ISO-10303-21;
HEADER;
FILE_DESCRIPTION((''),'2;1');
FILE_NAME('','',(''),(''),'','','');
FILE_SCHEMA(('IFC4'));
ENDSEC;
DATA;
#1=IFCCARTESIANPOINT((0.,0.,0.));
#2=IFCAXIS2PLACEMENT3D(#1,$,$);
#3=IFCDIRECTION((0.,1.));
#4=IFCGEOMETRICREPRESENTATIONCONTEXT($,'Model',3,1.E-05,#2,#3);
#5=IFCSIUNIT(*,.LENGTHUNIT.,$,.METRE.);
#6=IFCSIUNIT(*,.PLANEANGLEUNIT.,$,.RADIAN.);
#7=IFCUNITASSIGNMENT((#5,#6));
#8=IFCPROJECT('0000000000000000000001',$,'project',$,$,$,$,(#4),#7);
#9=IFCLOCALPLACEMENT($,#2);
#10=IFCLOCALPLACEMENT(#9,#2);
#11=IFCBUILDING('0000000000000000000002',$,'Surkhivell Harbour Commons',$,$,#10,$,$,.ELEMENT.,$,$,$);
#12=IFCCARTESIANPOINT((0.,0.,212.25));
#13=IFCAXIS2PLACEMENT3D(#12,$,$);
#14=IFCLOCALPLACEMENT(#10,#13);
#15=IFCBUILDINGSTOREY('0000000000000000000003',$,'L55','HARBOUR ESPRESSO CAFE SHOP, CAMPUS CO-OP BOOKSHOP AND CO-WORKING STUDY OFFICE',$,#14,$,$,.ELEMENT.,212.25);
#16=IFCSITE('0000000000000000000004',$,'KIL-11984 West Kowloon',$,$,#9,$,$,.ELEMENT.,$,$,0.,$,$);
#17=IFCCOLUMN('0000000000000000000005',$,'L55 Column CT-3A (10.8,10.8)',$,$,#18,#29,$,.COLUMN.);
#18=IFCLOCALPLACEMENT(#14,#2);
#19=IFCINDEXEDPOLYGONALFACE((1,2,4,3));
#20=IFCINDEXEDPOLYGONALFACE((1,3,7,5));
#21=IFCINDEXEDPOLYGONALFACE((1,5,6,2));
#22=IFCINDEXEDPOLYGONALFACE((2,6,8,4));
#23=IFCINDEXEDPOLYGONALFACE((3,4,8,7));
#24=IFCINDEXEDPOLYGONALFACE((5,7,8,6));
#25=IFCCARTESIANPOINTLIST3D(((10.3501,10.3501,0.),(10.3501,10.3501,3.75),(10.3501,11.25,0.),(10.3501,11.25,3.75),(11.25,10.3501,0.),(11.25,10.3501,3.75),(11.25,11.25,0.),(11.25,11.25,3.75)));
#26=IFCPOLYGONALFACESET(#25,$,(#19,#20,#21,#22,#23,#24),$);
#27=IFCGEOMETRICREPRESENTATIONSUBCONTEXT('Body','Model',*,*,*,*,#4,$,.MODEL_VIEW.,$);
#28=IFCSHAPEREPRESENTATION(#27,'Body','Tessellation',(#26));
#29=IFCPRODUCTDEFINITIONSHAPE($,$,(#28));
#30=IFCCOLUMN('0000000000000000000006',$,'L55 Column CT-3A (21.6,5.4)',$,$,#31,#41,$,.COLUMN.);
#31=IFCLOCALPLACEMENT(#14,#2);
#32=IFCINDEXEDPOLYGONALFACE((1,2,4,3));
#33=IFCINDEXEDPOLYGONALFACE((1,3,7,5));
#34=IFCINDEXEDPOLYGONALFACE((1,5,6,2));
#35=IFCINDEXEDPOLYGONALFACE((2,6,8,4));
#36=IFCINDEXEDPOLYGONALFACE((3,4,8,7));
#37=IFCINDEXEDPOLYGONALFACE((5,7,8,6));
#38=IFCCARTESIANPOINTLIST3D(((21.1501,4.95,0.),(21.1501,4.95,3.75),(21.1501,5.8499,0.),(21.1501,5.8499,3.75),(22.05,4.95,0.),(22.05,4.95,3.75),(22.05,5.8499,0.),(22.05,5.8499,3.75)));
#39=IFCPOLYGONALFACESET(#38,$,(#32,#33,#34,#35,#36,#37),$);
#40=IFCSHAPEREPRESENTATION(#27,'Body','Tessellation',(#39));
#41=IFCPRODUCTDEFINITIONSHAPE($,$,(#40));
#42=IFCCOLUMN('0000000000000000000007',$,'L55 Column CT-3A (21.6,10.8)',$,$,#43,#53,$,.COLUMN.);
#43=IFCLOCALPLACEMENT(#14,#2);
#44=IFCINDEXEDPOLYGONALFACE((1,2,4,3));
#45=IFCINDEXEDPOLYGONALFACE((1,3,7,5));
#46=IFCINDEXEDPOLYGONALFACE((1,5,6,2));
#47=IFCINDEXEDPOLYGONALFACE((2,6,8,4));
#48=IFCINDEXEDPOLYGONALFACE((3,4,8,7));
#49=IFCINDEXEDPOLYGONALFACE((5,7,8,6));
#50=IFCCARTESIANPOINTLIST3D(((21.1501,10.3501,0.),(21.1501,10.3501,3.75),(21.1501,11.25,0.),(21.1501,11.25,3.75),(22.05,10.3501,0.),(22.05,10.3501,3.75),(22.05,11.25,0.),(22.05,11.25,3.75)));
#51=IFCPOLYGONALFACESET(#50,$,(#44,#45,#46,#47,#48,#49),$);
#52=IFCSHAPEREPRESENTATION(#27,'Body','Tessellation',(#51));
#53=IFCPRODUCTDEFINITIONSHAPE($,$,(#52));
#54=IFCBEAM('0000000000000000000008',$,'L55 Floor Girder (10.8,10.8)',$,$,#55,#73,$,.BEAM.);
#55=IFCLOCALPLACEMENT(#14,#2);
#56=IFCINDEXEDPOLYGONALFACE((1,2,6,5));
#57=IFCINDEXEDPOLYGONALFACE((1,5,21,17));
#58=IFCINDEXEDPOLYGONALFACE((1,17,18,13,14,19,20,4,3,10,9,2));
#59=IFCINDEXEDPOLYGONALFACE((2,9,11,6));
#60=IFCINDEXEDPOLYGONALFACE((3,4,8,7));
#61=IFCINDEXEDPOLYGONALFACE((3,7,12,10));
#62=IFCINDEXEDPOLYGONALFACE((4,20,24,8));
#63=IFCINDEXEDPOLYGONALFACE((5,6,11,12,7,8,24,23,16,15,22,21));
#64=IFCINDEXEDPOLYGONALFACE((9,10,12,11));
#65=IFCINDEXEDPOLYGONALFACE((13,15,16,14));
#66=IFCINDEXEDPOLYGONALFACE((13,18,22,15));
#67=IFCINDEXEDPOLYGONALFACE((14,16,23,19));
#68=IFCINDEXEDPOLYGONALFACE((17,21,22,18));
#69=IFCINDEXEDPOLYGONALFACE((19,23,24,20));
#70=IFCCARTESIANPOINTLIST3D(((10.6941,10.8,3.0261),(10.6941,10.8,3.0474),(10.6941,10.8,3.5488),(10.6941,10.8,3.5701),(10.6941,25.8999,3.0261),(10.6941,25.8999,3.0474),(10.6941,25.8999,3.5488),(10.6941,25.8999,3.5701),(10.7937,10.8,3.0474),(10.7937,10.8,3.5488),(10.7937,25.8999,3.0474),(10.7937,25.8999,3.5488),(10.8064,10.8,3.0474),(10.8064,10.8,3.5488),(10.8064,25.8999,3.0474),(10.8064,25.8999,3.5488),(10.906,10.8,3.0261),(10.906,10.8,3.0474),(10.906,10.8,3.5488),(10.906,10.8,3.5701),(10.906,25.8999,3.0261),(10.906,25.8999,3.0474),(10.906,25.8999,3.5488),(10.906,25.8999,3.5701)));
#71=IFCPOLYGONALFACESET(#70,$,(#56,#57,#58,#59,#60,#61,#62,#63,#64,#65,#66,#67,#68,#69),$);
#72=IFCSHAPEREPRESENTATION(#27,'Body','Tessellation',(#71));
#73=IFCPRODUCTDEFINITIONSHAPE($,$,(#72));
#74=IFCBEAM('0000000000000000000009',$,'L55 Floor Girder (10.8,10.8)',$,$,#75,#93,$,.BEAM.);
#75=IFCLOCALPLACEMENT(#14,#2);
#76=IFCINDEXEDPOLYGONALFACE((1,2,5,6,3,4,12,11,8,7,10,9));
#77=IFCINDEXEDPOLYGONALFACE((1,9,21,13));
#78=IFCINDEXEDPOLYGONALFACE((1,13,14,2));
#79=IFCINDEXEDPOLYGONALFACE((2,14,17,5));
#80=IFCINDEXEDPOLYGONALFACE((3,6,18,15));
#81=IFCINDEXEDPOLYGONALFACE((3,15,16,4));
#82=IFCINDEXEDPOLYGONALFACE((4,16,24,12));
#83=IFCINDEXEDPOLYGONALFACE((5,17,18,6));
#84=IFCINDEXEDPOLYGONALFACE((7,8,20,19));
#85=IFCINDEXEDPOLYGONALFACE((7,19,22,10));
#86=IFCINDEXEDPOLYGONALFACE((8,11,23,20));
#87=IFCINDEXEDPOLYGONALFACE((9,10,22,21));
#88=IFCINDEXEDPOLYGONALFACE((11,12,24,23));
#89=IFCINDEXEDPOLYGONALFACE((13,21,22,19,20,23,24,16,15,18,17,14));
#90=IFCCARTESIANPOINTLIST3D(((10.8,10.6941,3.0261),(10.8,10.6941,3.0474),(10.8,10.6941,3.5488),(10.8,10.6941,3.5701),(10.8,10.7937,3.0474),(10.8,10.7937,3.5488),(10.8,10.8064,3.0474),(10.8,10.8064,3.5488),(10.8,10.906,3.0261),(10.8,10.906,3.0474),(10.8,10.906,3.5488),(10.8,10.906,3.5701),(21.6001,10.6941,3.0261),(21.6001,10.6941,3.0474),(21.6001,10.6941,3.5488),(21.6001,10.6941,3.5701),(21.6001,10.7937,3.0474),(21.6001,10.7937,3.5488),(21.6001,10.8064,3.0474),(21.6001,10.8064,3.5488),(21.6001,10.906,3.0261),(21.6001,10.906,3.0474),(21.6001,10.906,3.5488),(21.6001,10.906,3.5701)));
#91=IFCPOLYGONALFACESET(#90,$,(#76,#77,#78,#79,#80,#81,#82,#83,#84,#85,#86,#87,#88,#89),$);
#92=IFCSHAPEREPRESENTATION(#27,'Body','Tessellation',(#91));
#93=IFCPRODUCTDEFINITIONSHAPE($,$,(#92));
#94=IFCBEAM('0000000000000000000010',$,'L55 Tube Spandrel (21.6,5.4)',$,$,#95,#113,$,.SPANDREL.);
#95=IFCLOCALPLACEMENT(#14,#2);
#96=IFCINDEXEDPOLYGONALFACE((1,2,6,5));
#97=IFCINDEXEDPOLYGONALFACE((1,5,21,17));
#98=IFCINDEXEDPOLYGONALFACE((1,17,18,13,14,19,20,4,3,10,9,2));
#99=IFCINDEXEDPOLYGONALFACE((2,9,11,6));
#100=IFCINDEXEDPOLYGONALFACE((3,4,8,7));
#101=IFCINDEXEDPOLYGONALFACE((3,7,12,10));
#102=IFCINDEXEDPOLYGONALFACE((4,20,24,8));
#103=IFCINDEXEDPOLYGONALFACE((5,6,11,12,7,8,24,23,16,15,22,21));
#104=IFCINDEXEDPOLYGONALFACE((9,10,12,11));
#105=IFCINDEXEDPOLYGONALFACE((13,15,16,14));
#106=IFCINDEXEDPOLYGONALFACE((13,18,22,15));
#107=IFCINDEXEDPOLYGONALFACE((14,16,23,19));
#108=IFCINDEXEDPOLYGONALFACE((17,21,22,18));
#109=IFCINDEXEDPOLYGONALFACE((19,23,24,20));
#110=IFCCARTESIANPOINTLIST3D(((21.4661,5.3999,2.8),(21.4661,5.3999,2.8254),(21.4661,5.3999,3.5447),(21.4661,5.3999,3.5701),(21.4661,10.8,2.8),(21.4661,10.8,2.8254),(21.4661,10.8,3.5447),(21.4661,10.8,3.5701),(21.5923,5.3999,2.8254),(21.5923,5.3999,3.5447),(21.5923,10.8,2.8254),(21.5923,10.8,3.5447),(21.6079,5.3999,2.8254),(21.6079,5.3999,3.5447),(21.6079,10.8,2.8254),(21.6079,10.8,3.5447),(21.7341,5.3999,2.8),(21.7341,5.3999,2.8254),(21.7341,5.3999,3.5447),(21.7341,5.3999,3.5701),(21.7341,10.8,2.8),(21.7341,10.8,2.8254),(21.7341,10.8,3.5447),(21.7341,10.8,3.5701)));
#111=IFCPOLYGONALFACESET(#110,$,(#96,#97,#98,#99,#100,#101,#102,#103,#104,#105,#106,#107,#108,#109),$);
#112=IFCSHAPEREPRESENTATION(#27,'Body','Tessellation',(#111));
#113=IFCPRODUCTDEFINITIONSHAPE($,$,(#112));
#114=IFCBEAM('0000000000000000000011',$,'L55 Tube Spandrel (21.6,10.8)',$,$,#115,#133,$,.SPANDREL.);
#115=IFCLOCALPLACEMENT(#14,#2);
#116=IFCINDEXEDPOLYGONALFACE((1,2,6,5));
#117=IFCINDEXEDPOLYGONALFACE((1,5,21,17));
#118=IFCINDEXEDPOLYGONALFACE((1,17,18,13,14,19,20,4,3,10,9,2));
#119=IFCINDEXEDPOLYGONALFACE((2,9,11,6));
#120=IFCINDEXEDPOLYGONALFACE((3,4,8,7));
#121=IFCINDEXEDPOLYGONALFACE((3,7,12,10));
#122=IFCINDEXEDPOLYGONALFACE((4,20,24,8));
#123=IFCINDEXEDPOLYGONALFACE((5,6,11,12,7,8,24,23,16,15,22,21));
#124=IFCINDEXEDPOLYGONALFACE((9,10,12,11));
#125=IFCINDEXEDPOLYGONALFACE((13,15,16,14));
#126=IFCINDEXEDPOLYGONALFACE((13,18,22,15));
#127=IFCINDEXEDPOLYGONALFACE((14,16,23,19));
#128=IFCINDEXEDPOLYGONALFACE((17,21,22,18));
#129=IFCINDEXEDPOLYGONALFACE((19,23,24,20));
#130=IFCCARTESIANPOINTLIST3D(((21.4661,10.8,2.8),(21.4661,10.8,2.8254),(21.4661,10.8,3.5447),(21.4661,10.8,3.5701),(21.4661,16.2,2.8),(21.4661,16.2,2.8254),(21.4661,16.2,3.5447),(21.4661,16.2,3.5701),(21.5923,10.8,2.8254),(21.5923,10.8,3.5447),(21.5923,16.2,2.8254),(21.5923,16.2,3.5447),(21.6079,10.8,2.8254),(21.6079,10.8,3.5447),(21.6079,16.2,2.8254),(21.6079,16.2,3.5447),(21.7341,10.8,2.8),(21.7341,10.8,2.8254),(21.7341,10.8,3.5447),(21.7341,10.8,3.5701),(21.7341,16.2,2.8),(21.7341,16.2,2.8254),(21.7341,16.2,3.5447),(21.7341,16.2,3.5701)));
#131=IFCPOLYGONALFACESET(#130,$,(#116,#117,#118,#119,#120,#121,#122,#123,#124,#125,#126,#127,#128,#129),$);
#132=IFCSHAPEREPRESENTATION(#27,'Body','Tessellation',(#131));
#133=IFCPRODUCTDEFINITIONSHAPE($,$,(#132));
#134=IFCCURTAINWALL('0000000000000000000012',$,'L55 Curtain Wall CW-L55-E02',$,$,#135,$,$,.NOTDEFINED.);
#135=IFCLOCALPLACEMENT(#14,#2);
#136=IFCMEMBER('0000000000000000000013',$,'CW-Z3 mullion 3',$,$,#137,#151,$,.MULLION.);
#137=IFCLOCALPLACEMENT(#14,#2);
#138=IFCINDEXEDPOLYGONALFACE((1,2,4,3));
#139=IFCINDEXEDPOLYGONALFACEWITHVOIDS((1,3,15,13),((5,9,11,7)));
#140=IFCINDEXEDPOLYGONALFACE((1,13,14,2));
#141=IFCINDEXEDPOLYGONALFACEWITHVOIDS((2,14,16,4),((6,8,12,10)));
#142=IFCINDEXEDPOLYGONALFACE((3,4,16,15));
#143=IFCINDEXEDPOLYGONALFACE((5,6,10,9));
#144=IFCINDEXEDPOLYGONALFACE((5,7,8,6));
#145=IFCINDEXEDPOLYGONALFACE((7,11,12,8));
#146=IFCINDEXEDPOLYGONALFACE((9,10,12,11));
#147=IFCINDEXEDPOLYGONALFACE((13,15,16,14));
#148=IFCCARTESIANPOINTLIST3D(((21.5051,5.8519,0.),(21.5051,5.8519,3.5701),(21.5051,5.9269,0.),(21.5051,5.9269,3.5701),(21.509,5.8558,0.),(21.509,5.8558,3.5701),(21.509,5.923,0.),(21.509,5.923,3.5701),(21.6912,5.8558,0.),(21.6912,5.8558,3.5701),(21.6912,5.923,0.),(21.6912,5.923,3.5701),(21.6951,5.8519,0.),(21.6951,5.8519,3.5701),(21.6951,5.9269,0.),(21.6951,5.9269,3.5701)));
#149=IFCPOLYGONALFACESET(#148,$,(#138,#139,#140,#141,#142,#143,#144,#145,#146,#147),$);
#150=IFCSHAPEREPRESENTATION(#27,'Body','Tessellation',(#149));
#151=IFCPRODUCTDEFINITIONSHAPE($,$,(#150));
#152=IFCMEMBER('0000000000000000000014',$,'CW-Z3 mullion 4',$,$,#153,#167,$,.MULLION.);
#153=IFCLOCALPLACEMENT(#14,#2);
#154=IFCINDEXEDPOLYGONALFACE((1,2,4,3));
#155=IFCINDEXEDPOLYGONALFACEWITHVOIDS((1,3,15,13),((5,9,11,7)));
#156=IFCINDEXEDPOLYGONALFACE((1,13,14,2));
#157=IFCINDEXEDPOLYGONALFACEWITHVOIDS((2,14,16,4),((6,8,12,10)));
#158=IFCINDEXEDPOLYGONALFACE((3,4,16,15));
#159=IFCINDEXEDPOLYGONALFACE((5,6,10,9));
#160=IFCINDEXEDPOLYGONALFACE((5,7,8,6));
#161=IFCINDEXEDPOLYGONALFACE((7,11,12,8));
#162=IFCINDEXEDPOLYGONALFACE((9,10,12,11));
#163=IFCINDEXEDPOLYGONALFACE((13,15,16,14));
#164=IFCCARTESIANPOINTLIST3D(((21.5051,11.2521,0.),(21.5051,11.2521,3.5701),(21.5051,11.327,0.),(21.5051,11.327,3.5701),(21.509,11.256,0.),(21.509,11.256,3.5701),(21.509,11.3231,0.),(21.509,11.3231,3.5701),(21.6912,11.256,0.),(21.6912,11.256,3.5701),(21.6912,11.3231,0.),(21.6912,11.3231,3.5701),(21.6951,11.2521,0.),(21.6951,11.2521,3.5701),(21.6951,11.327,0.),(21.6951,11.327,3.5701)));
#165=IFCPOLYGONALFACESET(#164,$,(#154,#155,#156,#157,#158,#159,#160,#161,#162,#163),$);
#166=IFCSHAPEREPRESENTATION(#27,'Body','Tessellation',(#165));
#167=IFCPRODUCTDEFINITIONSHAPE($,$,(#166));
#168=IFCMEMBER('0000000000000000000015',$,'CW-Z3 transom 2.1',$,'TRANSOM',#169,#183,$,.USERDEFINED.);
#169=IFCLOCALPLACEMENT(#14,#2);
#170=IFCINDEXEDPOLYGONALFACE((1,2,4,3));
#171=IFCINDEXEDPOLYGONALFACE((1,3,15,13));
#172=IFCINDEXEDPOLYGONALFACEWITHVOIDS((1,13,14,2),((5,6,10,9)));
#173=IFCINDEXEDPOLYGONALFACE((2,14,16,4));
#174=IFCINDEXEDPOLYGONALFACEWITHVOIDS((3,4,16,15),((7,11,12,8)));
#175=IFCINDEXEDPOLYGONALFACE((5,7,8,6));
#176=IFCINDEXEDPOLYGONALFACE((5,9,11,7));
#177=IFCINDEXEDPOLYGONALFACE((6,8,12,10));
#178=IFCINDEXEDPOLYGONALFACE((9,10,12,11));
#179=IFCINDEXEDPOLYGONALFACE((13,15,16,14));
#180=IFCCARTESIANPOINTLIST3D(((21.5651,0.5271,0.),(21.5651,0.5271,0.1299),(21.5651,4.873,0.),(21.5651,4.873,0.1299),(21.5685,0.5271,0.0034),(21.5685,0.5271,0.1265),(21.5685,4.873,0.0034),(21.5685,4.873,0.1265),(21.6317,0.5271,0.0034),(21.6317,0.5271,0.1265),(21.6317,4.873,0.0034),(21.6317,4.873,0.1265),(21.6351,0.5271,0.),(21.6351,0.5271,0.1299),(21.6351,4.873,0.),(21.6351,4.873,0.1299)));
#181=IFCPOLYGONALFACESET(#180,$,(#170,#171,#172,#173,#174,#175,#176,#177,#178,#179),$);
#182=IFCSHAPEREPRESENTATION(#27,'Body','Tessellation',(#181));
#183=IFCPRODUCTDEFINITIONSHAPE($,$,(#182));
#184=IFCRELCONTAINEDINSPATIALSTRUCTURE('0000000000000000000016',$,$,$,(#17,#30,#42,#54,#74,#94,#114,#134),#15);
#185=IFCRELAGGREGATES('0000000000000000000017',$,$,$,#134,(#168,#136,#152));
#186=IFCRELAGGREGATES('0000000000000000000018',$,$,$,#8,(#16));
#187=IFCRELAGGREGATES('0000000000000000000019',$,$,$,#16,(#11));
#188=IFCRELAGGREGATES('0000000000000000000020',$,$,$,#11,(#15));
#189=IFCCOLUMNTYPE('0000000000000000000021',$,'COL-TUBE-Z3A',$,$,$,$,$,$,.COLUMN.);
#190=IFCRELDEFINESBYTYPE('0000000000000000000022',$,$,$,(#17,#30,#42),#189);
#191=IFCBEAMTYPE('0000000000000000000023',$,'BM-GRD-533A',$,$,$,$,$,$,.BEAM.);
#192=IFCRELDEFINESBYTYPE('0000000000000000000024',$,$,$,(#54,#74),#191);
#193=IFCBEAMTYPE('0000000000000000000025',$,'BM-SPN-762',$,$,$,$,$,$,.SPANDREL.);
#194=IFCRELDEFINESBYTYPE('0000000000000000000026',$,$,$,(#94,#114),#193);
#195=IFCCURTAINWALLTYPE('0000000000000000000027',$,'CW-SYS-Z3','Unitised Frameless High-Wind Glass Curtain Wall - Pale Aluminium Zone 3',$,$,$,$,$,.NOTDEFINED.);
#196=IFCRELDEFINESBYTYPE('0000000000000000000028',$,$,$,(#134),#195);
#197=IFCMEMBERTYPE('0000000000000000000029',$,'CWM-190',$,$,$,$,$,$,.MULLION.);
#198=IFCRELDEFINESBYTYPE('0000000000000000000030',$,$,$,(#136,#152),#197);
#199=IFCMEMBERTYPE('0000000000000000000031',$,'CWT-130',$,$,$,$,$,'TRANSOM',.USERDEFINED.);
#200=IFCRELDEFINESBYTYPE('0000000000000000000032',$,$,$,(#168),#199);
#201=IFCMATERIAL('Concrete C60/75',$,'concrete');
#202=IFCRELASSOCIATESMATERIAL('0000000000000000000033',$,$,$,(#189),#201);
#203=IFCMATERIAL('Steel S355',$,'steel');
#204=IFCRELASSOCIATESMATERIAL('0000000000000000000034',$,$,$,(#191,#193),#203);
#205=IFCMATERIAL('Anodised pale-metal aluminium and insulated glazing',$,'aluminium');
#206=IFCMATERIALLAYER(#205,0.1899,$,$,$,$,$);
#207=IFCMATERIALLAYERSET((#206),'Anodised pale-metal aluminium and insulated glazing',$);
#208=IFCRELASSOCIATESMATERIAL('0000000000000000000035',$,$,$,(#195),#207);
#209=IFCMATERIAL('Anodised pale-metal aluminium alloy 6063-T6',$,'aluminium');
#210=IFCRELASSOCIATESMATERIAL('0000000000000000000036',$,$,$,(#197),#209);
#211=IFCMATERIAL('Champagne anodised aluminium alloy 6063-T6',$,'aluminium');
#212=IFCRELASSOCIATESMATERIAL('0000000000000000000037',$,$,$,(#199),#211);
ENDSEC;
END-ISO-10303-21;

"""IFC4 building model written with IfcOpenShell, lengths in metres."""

from ifc_helpers import new_model, si_unit, direction, frame, origin, origin_2d, place, context, subcontext, project, spatial, rectangle, hollow_rectangle, i_section, extrude, material, layer, layer_set, material_profile, profile_set, type_object, element, aggregate, save


model = new_model("IFC4")

# Units and contexts
model_context = context("Model", 3, precision=1e-05, world=origin(), true_north=direction((0.0, 1.0)))
body_context = subcontext(model_context, "Body", "Model", "MODEL_VIEW")
ifc_project = project(units=[si_unit("LENGTHUNIT", "METRE"), si_unit("PLANEANGLEUNIT", "RADIAN")], contexts=[model_context])

# Site, building, storey
site_placement = place(None, origin())
site = spatial("IfcSite", under=ifc_project, at=site_placement, Name="KIL-11984 West Kowloon", CompositionType="ELEMENT", RefElevation=0.0)
building_placement = place(site_placement, origin())
building = spatial("IfcBuilding", under=site, at=building_placement, Name="Surkhivell Harbour Commons", CompositionType="ELEMENT")
storey_placement = place(building_placement, frame((0.0, 0.0, 212.25)))
storey = spatial("IfcBuildingStorey", under=building, at=storey_placement, Name="L55", Description="HARBOUR ESPRESSO CAFE SHOP, CAMPUS CO-OP BOOKSHOP AND CO-WORKING STUDY OFFICE", CompositionType="ELEMENT", Elevation=212.25)

# Columns
ifc_material_1 = material(Name="Concrete C60/75", Category="concrete")
ifc_material_profile_1 = material_profile(ifc_material_1, rectangle(XDim=0.8999, YDim=0.8999, at=origin_2d()), Name="RC-COL-900x900")
ifc_profile_set_1 = profile_set([ifc_material_profile_1], Name="Concrete C60/75")
column_type = type_object("IfcColumnType", Name="COL-TUBE-Z3A", PredefinedType="COLUMN", material=ifc_profile_set_1)
for number, where, z_axis, x_axis, name in (
    (1, (10.8, 10.8, 0.0), (0.0, 0.0, 1.0), (1.0, 0.0, 0.0), "L55 Column CT-3A (10.8,10.8)"),
    (2, (21.6001, 5.3999, 0.0), (0.0, 0.0, 1.0), (1.0, 0.0, 0.0), "L55 Column CT-3A (21.6,5.4)"),
    (3, (21.6001, 10.8, 0.0), (0.0, 0.0, 1.0), (1.0, 0.0, 0.0), "L55 Column CT-3A (21.6,10.8)"),
):
    element("IfcColumn", number, at=place(storey_placement, frame(where, z_axis=z_axis, x_axis=x_axis)), inside=storey, type_object=column_type, Name=name, PredefinedType="COLUMN", context=body_context, shape_type="SweptSolid", body=[
        extrude(rectangle(XDim=0.8999, YDim=0.8999, at=origin_2d()), origin(), (0.0, 0.0, 1.0), 3.75),
    ])

# Beams
ifc_material_2 = material(Name="Steel S355", Category="steel")
ifc_material_profile_2 = material_profile(ifc_material_2, i_section(OverallWidth=0.2119, OverallDepth=0.5439, WebThickness=0.0127, FlangeThickness=0.0212, at=origin_2d()), Name="UB533x210x122")
ifc_profile_set_2 = profile_set([ifc_material_profile_2], Name="Steel S355")
beam_type_1 = type_object("IfcBeamType", Name="BM-GRD-533A", PredefinedType="BEAM", material=ifc_profile_set_2)
beam_1_placement = place(storey_placement, frame((10.8, 10.8, 3.2981), z_axis=(0.0, 1.0, 0.0), x_axis=(-1.0, 0.0, 0.0)))
element("IfcBeam", 4, at=beam_1_placement, inside=storey, type_object=beam_type_1, Name="L55 Floor Girder (10.8,10.8)", PredefinedType="BEAM", context=body_context, shape_type="SweptSolid", body=[
    extrude(i_section(OverallWidth=0.2119, OverallDepth=0.5439, WebThickness=0.0127, FlangeThickness=0.0212, at=origin_2d()), origin(), (0.0, 0.0, 1.0), 15.0999),
])
beam_2_placement = place(storey_placement, frame((10.8, 10.8, 3.2981), z_axis=(1.0, 0.0, 0.0), x_axis=(0.0, 1.0, 0.0)))
element("IfcBeam", 5, at=beam_2_placement, inside=storey, type_object=beam_type_1, Name="L55 Floor Girder (10.8,10.8)", PredefinedType="BEAM", context=body_context, shape_type="SweptSolid", body=[
    extrude(i_section(OverallWidth=0.2119, OverallDepth=0.5439, WebThickness=0.0127, FlangeThickness=0.0212, at=origin_2d()), origin(), (0.0, 0.0, 1.0), 10.8),
])
ifc_material_profile_3 = material_profile(ifc_material_2, i_section(OverallWidth=0.2681, OverallDepth=0.77, WebThickness=0.0156, FlangeThickness=0.0254, at=origin_2d()), Name="UB762x267x197")
ifc_profile_set_3 = profile_set([ifc_material_profile_3], Name="Steel S355")
beam_type_2 = type_object("IfcBeamType", Name="BM-SPN-762", PredefinedType="SPANDREL", material=ifc_profile_set_3)
beam_3_placement = place(storey_placement, frame((21.6001, 5.3999, 3.1851), z_axis=(0.0, 1.0, 0.0), x_axis=(-1.0, 0.0, 0.0)))
element("IfcBeam", 6, at=beam_3_placement, inside=storey, type_object=beam_type_2, Name="L55 Tube Spandrel (21.6,5.4)", PredefinedType="SPANDREL", context=body_context, shape_type="SweptSolid", body=[
    extrude(i_section(OverallWidth=0.2681, OverallDepth=0.77, WebThickness=0.0156, FlangeThickness=0.0254, at=origin_2d()), origin(), (0.0, 0.0, 1.0), 5.4001),
])
beam_4_placement = place(storey_placement, frame((21.6001, 10.8, 3.1851), z_axis=(0.0, 1.0, 0.0), x_axis=(-1.0, 0.0, 0.0)))
element("IfcBeam", 7, at=beam_4_placement, inside=storey, type_object=beam_type_2, Name="L55 Tube Spandrel (21.6,10.8)", PredefinedType="SPANDREL", context=body_context, shape_type="SweptSolid", body=[
    extrude(i_section(OverallWidth=0.2681, OverallDepth=0.77, WebThickness=0.0156, FlangeThickness=0.0254, at=origin_2d()), origin(), (0.0, 0.0, 1.0), 5.3999),
])

# Curtain wall, members
ifc_material_3 = material(Name="Anodised pale-metal aluminium and insulated glazing", Category="aluminium")
ifc_layer_1 = layer(ifc_material_3, 0.1899)
ifc_layer_set_1 = layer_set([ifc_layer_1], Name="Anodised pale-metal aluminium and insulated glazing")
curtain_wall_type = type_object("IfcCurtainWallType", Name="CW-SYS-Z3", Description="Unitised Frameless High-Wind Glass Curtain Wall - Pale Aluminium Zone 3", PredefinedType="NOTDEFINED", material=ifc_layer_set_1)
curtain_wall_placement = place(storey_placement, origin())
curtain_wall = element("IfcCurtainWall", 8, at=curtain_wall_placement, inside=storey, type_object=curtain_wall_type, Name="L55 Curtain Wall CW-L55-E02", PredefinedType="NOTDEFINED")
ifc_material_4 = material(Name="Anodised pale-metal aluminium alloy 6063-T6", Category="aluminium")
ifc_material_profile_4 = material_profile(ifc_material_4, hollow_rectangle(XDim=0.075, YDim=0.1899, WallThickness=0.0039, at=origin_2d()), Name="ALU-MULL-75x190")
ifc_profile_set_4 = profile_set([ifc_material_profile_4], Name="Anodised pale-metal aluminium alloy 6063-T6")
member_type_1 = type_object("IfcMemberType", Name="CWM-190", PredefinedType="MULLION", material=ifc_profile_set_4)
member_1_placement = place(storey_placement, frame((21.6001, 5.8894, 0.0), z_axis=(0.0, 0.0, 1.0), x_axis=(0.0, 1.0, 0.0)))
member_1 = element("IfcMember", 9, at=member_1_placement, type_object=member_type_1, Name="CW-Z3 mullion 3", PredefinedType="MULLION", context=body_context, shape_type="SweptSolid", body=[
    extrude(hollow_rectangle(XDim=0.075, YDim=0.1899, WallThickness=0.0039, at=origin_2d()), origin(), (0.0, 0.0, 1.0), 3.5701),
])
member_2_placement = place(storey_placement, frame((21.6001, 11.2896, 0.0), z_axis=(0.0, 0.0, 1.0), x_axis=(0.0, 1.0, 0.0)))
member_2 = element("IfcMember", 10, at=member_2_placement, type_object=member_type_1, Name="CW-Z3 mullion 4", PredefinedType="MULLION", context=body_context, shape_type="SweptSolid", body=[
    extrude(hollow_rectangle(XDim=0.075, YDim=0.1899, WallThickness=0.0039, at=origin_2d()), origin(), (0.0, 0.0, 1.0), 3.5701),
])
ifc_material_5 = material(Name="Champagne anodised aluminium alloy 6063-T6", Category="aluminium")
ifc_material_profile_5 = material_profile(ifc_material_5, hollow_rectangle(XDim=0.0701, YDim=0.1299, WallThickness=0.0034, at=origin_2d()), Name="ALU-TRAN-70x130")
ifc_profile_set_5 = profile_set([ifc_material_profile_5], Name="Champagne anodised aluminium alloy 6063-T6")
member_type_2 = type_object("IfcMemberType", Name="CWT-130", ElementType="TRANSOM", PredefinedType="USERDEFINED", material=ifc_profile_set_5)
member_3_placement = place(storey_placement, frame((21.6001, 0.5271, 0.0649), z_axis=(0.0, 1.0, 0.0), x_axis=(-1.0, 0.0, 0.0)))
member_3 = element("IfcMember", 11, at=member_3_placement, type_object=member_type_2, Name="CW-Z3 transom 2.1", ObjectType="TRANSOM", PredefinedType="USERDEFINED", context=body_context, shape_type="SweptSolid", body=[
    extrude(hollow_rectangle(XDim=0.0701, YDim=0.1299, WallThickness=0.0034, at=origin_2d()), origin(), (0.0, 0.0, 1.0), 4.3459),
])
aggregate(curtain_wall, [member_3, member_1, member_2])

save(model, "model.ifc")
